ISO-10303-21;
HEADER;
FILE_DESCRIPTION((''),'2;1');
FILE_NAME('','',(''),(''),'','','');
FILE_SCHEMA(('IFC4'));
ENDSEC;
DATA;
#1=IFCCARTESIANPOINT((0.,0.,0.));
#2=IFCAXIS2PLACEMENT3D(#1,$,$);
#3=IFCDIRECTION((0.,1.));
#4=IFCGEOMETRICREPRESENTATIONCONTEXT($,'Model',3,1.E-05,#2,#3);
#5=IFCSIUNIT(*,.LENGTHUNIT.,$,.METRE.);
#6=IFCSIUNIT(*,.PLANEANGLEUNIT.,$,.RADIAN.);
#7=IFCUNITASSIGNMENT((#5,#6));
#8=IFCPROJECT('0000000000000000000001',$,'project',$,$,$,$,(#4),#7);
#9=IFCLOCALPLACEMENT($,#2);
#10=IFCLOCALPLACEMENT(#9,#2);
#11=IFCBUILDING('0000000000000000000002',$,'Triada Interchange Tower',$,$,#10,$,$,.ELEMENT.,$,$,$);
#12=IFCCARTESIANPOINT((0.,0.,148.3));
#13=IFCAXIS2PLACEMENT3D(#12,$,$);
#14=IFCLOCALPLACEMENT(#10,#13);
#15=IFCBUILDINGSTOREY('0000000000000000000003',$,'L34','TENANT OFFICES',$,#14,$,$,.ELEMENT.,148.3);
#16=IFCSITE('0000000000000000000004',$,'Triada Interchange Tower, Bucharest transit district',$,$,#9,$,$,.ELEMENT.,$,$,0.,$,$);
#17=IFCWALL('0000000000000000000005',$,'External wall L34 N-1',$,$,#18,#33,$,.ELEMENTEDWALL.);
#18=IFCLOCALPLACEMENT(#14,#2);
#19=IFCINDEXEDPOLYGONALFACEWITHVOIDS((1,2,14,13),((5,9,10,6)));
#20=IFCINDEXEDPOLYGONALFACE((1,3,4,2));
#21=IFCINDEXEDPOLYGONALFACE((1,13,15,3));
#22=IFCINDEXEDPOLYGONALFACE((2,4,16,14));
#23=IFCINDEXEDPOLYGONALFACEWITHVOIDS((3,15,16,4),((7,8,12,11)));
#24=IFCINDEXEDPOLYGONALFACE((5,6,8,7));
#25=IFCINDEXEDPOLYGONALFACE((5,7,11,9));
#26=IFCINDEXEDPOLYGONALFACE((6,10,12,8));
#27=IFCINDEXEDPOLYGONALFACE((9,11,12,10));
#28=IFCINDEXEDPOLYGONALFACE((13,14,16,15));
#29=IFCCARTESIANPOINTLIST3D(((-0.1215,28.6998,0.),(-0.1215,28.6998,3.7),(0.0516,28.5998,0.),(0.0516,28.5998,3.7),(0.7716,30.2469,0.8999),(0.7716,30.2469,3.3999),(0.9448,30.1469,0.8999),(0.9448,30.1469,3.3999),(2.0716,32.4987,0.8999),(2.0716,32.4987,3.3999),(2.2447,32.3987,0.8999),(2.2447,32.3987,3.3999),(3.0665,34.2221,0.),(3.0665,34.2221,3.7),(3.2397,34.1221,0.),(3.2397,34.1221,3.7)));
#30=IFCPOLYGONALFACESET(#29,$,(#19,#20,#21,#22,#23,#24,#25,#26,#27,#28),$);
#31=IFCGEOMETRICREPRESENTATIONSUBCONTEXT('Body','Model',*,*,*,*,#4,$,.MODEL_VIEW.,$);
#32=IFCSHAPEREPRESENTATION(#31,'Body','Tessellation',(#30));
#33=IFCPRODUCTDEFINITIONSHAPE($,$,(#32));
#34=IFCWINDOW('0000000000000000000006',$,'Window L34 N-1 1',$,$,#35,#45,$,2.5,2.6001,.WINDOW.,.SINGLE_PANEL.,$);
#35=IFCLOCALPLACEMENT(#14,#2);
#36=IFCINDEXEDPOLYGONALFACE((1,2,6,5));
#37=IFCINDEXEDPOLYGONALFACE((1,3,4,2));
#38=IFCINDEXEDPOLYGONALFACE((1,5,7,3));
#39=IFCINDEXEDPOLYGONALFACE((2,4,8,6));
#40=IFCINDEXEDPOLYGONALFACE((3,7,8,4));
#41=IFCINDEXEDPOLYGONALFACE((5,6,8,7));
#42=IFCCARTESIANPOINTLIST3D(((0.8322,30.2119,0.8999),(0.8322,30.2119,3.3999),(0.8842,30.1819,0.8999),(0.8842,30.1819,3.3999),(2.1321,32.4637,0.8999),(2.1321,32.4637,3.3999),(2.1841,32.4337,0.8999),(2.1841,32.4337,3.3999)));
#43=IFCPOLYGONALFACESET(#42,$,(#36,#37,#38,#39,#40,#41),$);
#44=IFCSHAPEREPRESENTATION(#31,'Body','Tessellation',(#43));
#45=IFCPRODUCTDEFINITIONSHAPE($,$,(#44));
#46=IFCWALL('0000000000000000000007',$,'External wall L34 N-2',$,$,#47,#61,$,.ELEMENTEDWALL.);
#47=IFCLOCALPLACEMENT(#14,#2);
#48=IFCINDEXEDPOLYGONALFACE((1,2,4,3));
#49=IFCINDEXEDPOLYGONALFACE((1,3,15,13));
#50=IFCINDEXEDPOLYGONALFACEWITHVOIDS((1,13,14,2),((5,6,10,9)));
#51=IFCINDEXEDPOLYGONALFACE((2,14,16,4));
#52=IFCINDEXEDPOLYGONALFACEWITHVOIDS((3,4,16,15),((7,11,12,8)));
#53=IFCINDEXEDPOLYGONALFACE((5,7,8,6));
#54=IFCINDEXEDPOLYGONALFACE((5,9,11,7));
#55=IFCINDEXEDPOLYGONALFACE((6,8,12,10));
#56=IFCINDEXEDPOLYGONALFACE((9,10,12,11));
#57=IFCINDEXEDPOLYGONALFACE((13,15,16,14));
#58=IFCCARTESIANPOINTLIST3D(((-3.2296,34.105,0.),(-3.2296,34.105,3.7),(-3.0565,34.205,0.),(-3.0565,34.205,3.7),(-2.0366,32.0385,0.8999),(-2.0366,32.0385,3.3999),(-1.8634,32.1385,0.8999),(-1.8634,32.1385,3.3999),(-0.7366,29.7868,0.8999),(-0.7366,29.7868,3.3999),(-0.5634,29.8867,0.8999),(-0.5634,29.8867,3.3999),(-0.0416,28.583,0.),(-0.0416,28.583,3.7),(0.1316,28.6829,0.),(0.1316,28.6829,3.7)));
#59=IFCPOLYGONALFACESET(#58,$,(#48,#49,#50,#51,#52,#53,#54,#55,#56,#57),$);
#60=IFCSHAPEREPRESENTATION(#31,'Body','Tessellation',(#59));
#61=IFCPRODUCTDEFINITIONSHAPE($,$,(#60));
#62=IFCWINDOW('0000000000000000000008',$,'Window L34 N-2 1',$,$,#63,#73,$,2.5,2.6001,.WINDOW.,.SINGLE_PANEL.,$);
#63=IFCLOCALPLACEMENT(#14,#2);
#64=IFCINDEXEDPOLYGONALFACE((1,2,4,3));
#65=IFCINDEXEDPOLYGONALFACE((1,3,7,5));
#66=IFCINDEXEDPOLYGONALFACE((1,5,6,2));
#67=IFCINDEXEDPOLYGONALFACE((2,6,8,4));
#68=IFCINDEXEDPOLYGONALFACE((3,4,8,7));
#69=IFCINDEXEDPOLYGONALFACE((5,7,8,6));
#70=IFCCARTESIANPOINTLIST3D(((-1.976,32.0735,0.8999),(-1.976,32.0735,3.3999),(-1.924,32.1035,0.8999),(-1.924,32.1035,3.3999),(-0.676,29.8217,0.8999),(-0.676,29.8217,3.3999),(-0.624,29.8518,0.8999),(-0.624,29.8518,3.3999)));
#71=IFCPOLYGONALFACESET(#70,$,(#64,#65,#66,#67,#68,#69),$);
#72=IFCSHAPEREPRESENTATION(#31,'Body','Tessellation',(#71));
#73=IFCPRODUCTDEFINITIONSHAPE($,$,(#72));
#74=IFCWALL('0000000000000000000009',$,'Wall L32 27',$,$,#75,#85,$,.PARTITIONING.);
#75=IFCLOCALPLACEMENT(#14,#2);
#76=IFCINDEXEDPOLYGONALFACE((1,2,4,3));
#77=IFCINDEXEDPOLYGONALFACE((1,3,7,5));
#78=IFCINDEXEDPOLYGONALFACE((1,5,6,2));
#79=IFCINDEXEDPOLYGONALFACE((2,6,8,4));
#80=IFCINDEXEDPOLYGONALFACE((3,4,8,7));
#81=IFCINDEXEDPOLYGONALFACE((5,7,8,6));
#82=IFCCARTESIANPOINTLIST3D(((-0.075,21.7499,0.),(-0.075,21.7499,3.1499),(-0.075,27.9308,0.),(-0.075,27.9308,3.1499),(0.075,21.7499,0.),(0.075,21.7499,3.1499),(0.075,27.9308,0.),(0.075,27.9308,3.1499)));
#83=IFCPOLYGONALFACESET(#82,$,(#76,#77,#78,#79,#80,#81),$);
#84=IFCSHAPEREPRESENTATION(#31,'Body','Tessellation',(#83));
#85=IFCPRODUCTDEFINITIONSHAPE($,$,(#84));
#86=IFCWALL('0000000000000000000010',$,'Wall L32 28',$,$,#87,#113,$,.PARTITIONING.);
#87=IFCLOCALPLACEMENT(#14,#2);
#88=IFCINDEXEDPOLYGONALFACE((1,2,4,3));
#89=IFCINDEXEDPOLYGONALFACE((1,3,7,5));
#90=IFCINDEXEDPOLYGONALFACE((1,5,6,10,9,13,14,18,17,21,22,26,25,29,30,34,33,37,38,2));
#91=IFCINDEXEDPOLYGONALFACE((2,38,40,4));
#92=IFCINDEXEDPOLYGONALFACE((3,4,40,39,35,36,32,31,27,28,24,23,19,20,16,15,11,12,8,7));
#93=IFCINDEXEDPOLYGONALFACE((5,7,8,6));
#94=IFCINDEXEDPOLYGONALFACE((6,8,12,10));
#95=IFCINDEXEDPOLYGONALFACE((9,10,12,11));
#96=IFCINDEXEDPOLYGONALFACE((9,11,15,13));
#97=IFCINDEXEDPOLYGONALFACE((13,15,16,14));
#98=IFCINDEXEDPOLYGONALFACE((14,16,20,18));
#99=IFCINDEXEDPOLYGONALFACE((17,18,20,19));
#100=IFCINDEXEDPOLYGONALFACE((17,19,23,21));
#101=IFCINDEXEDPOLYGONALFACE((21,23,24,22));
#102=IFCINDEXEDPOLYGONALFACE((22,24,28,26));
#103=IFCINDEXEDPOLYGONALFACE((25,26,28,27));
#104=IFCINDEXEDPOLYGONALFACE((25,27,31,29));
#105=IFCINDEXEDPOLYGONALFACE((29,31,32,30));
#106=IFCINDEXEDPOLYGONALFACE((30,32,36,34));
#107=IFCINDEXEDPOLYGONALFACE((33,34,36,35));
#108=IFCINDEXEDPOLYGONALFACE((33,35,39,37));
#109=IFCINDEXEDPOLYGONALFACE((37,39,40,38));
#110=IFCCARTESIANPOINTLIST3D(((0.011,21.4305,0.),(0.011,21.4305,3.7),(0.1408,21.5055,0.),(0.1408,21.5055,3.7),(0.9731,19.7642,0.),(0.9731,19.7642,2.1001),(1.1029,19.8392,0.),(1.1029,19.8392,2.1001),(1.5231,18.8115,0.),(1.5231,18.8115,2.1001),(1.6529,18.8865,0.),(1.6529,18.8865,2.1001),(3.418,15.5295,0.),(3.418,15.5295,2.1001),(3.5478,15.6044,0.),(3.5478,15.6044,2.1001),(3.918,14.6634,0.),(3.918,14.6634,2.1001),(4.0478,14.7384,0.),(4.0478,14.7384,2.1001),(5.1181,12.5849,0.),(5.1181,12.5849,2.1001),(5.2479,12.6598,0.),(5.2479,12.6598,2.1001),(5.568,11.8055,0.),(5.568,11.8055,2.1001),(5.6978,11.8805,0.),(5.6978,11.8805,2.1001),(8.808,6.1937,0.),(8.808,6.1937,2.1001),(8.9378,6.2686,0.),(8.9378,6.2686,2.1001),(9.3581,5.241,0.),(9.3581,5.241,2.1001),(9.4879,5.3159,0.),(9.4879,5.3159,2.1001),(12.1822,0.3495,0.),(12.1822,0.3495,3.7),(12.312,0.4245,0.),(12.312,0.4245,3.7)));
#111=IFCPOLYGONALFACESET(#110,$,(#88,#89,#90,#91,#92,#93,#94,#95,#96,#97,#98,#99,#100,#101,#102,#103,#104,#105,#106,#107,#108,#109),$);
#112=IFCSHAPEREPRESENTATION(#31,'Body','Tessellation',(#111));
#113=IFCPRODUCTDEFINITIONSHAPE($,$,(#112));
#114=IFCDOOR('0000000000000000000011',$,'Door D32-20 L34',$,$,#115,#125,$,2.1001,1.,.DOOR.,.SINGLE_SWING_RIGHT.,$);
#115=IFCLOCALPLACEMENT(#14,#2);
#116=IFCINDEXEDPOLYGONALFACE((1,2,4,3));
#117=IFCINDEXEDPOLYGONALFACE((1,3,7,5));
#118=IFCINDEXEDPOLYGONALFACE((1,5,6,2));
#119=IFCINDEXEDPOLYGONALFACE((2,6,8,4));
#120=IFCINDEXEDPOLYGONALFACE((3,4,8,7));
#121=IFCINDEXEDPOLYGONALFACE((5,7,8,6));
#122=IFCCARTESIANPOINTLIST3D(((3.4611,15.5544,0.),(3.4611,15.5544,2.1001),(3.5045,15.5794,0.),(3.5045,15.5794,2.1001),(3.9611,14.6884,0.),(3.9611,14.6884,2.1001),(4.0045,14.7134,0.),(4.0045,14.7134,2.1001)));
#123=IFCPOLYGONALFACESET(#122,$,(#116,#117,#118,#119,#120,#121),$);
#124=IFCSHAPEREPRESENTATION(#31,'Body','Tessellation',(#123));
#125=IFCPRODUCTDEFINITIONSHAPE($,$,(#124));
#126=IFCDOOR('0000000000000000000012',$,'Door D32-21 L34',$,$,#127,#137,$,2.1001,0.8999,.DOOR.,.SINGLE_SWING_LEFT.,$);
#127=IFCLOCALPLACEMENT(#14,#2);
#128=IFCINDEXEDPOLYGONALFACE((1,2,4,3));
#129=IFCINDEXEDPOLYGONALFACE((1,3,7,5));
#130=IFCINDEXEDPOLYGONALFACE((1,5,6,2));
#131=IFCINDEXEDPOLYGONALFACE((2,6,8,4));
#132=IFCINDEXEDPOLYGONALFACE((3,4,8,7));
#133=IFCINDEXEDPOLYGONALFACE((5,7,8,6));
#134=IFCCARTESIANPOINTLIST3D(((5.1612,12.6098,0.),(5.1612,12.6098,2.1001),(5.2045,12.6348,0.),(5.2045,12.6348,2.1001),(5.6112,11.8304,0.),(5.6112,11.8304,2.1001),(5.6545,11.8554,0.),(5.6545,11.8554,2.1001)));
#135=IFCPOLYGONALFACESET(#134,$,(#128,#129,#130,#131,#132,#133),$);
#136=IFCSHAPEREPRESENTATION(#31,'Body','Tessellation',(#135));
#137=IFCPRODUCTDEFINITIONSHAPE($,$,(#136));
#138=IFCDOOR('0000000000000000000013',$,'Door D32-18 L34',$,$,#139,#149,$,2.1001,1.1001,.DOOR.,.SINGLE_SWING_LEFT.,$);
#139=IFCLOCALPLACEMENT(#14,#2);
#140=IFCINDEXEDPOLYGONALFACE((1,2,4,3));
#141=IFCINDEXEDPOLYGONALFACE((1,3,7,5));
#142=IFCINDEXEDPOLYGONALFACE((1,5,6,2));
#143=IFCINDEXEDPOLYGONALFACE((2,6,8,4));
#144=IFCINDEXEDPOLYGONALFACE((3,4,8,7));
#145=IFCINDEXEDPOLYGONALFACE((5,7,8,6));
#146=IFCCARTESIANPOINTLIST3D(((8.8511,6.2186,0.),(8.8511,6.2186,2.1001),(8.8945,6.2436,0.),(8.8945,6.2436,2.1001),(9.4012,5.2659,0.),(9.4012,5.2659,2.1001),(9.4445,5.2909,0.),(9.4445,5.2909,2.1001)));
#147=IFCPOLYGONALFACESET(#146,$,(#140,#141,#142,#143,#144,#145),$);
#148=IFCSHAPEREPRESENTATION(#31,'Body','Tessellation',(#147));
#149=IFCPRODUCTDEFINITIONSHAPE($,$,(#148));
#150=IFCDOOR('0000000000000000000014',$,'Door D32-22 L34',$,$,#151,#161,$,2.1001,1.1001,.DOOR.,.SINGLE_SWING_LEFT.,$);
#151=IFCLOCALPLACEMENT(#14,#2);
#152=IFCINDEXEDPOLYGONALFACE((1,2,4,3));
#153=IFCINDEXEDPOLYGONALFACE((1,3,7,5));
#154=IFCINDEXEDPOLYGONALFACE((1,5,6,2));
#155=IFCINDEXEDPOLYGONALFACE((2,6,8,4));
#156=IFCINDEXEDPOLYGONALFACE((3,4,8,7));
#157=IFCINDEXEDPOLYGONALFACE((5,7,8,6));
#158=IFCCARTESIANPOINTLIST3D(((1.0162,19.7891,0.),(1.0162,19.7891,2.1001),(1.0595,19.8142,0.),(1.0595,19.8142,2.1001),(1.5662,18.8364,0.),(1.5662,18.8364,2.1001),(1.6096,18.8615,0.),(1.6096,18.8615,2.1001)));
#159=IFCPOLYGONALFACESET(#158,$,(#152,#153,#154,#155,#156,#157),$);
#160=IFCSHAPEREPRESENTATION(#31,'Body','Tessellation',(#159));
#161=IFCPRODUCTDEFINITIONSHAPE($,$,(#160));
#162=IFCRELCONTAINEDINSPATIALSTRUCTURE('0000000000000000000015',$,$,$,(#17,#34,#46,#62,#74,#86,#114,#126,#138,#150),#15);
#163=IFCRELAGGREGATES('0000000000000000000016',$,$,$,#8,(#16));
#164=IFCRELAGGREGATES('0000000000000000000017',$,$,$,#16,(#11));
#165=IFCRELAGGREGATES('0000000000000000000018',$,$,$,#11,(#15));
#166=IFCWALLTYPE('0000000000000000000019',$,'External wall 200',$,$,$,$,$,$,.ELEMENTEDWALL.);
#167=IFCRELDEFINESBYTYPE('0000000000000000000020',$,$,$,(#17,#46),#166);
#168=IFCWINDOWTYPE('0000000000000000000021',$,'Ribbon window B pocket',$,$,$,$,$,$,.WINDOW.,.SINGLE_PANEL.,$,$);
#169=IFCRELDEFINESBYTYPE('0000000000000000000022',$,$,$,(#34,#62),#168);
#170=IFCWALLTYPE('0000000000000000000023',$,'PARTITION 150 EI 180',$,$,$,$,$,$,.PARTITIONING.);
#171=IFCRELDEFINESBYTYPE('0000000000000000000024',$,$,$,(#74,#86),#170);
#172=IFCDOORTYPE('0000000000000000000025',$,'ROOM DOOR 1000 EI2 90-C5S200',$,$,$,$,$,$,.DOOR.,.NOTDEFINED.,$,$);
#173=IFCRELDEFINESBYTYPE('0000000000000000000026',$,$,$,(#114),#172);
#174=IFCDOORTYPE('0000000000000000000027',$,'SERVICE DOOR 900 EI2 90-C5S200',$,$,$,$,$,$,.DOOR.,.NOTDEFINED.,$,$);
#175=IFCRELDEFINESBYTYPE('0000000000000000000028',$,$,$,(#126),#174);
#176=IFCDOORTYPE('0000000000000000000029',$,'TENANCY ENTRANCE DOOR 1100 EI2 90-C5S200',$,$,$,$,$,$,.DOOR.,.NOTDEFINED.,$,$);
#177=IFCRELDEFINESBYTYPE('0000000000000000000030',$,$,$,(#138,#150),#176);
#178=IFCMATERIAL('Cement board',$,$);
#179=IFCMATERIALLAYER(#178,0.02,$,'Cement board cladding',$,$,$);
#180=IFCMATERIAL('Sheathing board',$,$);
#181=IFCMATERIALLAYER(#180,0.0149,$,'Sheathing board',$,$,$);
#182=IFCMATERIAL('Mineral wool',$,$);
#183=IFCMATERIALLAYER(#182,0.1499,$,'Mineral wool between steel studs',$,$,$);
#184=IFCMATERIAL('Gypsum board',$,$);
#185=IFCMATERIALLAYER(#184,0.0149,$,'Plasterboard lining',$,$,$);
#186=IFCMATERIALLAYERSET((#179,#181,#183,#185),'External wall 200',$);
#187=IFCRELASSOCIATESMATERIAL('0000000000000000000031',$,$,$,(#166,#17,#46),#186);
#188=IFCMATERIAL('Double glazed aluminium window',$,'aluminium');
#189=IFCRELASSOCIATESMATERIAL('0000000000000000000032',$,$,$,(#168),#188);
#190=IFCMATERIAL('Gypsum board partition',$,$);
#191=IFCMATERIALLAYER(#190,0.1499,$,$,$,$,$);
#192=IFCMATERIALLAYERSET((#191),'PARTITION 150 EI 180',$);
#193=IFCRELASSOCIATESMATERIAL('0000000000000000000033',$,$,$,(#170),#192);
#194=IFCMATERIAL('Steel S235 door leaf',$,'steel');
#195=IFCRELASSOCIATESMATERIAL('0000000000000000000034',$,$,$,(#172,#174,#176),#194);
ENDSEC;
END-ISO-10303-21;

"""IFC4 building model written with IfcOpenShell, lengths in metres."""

from ifc_helpers import new_model, si_unit, direction, frame, frame_2d, origin, place, context, subcontext, project, spatial, rectangle, extrude, material, layer, layer_set, layer_usage, type_object, element, fill, save


model = new_model("IFC4")

# Units and contexts
model_context = context("Model", 3, precision=1e-05, world=origin(), true_north=direction((0.0, 1.0)))
body_context = subcontext(model_context, "Body", "Model", "MODEL_VIEW")
ifc_project = project(units=[si_unit("LENGTHUNIT", "METRE"), si_unit("PLANEANGLEUNIT", "RADIAN")], contexts=[model_context])

# Site, building, storey
site_placement = place(None, origin())
site = spatial("IfcSite", under=ifc_project, at=site_placement, Name="Triada Interchange Tower, Bucharest transit district", CompositionType="ELEMENT", RefElevation=0.0)
building_placement = place(site_placement, origin())
building = spatial("IfcBuilding", under=site, at=building_placement, Name="Triada Interchange Tower", CompositionType="ELEMENT")
storey_placement = place(building_placement, frame((0.0, 0.0, 148.3)))
storey = spatial("IfcBuildingStorey", under=building, at=storey_placement, Name="L34", Description="TENANT OFFICES", CompositionType="ELEMENT", Elevation=148.3)

# Walls, openings, windows
ifc_material_1 = material(Name="Cement board")
ifc_layer_1 = layer(ifc_material_1, 0.02, Name="Cement board cladding")
ifc_material_2 = material(Name="Sheathing board")
ifc_layer_2 = layer(ifc_material_2, 0.0149, Name="Sheathing board")
ifc_material_3 = material(Name="Mineral wool")
ifc_layer_3 = layer(ifc_material_3, 0.1499, Name="Mineral wool between steel studs")
ifc_material_4 = material(Name="Gypsum board")
ifc_layer_4 = layer(ifc_material_4, 0.0149, Name="Plasterboard lining")
ifc_layer_set_1 = layer_set([ifc_layer_1, ifc_layer_2, ifc_layer_3, ifc_layer_4], Name="External wall 200")
ifc_layer_usage = layer_usage(ifc_layer_set_1, "AXIS2", "POSITIVE", -0.1001)
wall_type_1 = type_object("IfcWallType", Name="External wall 200", PredefinedType="ELEMENTEDWALL", material=ifc_layer_set_1)
wall_1_placement = place(storey_placement, frame((3.1531, 34.1721, 0.0), z_axis=(0.0, 0.0, 1.0), x_axis=(-0.499969, -0.866043, 0.0)))
wall_1 = element("IfcWall", 1, at=wall_1_placement, inside=storey, type_object=wall_type_1, material=ifc_layer_usage, Name="External wall L34 N-1", PredefinedType="ELEMENTEDWALL", context=body_context, shape_type="SweptSolid", body=[
    extrude(rectangle(XDim=6.3765, YDim=0.2, at=frame_2d((3.1882, 0.0))), origin(), (0.0, 0.0, 1.0), 3.7),
])
opening_1_placement = place(wall_1_placement, frame((1.99, 0.0, 0.8999)))
opening_1 = element("IfcOpeningElement", 2, at=opening_1_placement, cuts=wall_1, PredefinedType="OPENING", context=body_context, shape_type="SweptSolid", body=[
    extrude(rectangle(XDim=2.6001, YDim=2.5, at=frame_2d((1.3, 1.25))), frame((0.0, 0.1099, 0.0), z_axis=(0.0, -1.0, 0.0), x_axis=(1.0, 0.0, 0.0)), (0.0, 0.0, 1.0), 0.22),
])
ifc_material_5 = material(Name="Double glazed aluminium window", Category="aluminium")
window_type = type_object("IfcWindowType", Name="Ribbon window B pocket", PartitioningType="SINGLE_PANEL", PredefinedType="WINDOW", material=ifc_material_5)
window_1_placement = place(opening_1_placement, origin())
window_1 = element("IfcWindow", 3, at=window_1_placement, inside=storey, type_object=window_type, Name="Window L34 N-1 1", OverallHeight=2.5, OverallWidth=2.6001, PartitioningType="SINGLE_PANEL", PredefinedType="WINDOW", context=body_context, shape_type="SweptSolid", body=[
    extrude(rectangle(XDim=2.6001, YDim=2.5, at=frame_2d((1.3, 1.25))), frame((0.0, 0.03, 0.0), z_axis=(0.0, -1.0, 0.0), x_axis=(1.0, 0.0, 0.0)), (0.0, 0.0, 1.0), 0.0601),
])
fill(opening_1, window_1)
wall_2_placement = place(storey_placement, frame((0.0449, 28.6331, 0.0), z_axis=(0.0, 0.0, 1.0), x_axis=(-0.499985, 0.866034, 0.0)))
wall_2 = element("IfcWall", 4, at=wall_2_placement, inside=storey, type_object=wall_type_1, material=ifc_layer_usage, Name="External wall L34 N-2", PredefinedType="ELEMENTEDWALL", context=body_context, shape_type="SweptSolid", body=[
    extrude(rectangle(XDim=6.3762, YDim=0.2, at=frame_2d((3.188, 0.0))), origin(), (0.0, 0.0, 1.0), 3.7),
])
opening_2_placement = place(wall_2_placement, frame((1.3899, 0.0, 0.8999)))
opening_2 = element("IfcOpeningElement", 5, at=opening_2_placement, cuts=wall_2, PredefinedType="OPENING", context=body_context, shape_type="SweptSolid", body=[
    extrude(rectangle(XDim=2.6001, YDim=2.5, at=frame_2d((1.3, 1.25))), frame((0.0, 0.1099, 0.0), z_axis=(0.0, -1.0, 0.0), x_axis=(1.0, 0.0, 0.0)), (0.0, 0.0, 1.0), 0.22),
])
window_2_placement = place(opening_2_placement, origin())
window_2 = element("IfcWindow", 6, at=window_2_placement, inside=storey, type_object=window_type, Name="Window L34 N-2 1", OverallHeight=2.5, OverallWidth=2.6001, PartitioningType="SINGLE_PANEL", PredefinedType="WINDOW", context=body_context, shape_type="SweptSolid", body=[
    extrude(rectangle(XDim=2.6001, YDim=2.5, at=frame_2d((1.3, 1.25))), frame((0.0, 0.03, 0.0), z_axis=(0.0, -1.0, 0.0), x_axis=(1.0, 0.0, 0.0)), (0.0, 0.0, 1.0), 0.0601),
])
fill(opening_2, window_2)

# Wall
ifc_material_6 = material(Name="Gypsum board partition")
ifc_layer_5 = layer(ifc_material_6, 0.1499)
ifc_layer_set_2 = layer_set([ifc_layer_5], Name="PARTITION 150 EI 180")
wall_type_2 = type_object("IfcWallType", Name="PARTITION 150 EI 180", PredefinedType="PARTITIONING", material=ifc_layer_set_2)
wall_3_placement = place(storey_placement, frame((0.0, 21.75, 0.0), z_axis=(0.0, 0.0, 1.0), x_axis=(0.0, 1.0, 0.0)))
element("IfcWall", 7, at=wall_3_placement, inside=storey, type_object=wall_type_2, Name="Wall L32 27", PredefinedType="PARTITIONING", context=body_context, shape_type="SweptSolid", body=[
    extrude(rectangle(XDim=6.1809, YDim=0.1499, at=frame_2d((3.0903, 0.0))), origin(), (0.0, 0.0, 1.0), 3.1499),
])

# Wall, openings, doors
wall_4_placement = place(storey_placement, frame((0.0759, 21.468, 0.0), z_axis=(0.0, 0.0, 1.0), x_axis=(0.5, -0.866026, 0.0)))
wall_4 = element("IfcWall", 8, at=wall_4_placement, inside=storey, type_object=wall_type_2, Name="Wall L32 28", PredefinedType="PARTITIONING", context=body_context, shape_type="SweptSolid", body=[
    extrude(rectangle(XDim=24.3423, YDim=0.1499, at=frame_2d((12.1711, 0.0))), origin(), (0.0, 0.0, 1.0), 3.7),
])
opening_3_placement = place(wall_4_placement, frame((17.594, 0.0, 0.0)))
opening_3 = element("IfcOpeningElement", 9, at=opening_3_placement, cuts=wall_4, PredefinedType="OPENING", context=body_context, shape_type="SweptSolid", body=[
    extrude(rectangle(XDim=1.1001, YDim=2.1001, at=frame_2d((0.55, 1.05))), frame((0.0, 0.085, 0.0), z_axis=(0.0, -1.0, 0.0), x_axis=(1.0, 0.0, 0.0)), (0.0, 0.0, 1.0), 0.1699),
])
opening_4_placement = place(wall_4_placement, frame((6.814, 0.0, 0.0)))
opening_4 = element("IfcOpeningElement", 10, at=opening_4_placement, cuts=wall_4, PredefinedType="OPENING", context=body_context, shape_type="SweptSolid", body=[
    extrude(rectangle(XDim=1.0, YDim=2.1001, at=frame_2d((0.5, 1.05))), frame((0.0, 0.085, 0.0), z_axis=(0.0, -1.0, 0.0), x_axis=(1.0, 0.0, 0.0)), (0.0, 0.0, 1.0), 0.1699),
])
opening_5_placement = place(wall_4_placement, frame((10.2141, 0.0, 0.0)))
opening_5 = element("IfcOpeningElement", 11, at=opening_5_placement, cuts=wall_4, PredefinedType="OPENING", context=body_context, shape_type="SweptSolid", body=[
    extrude(rectangle(XDim=0.8999, YDim=2.1001, at=frame_2d((0.45, 1.05))), frame((0.0, 0.085, 0.0), z_axis=(0.0, -1.0, 0.0), x_axis=(1.0, 0.0, 0.0)), (0.0, 0.0, 1.0), 0.1699),
])
opening_6_placement = place(wall_4_placement, frame((1.9241, 0.0, 0.0)))
opening_6 = element("IfcOpeningElement", 12, at=opening_6_placement, cuts=wall_4, PredefinedType="OPENING", context=body_context, shape_type="SweptSolid", body=[
    extrude(rectangle(XDim=1.1001, YDim=2.1001, at=frame_2d((0.55, 1.05))), frame((0.0, 0.085, 0.0), z_axis=(0.0, -1.0, 0.0), x_axis=(1.0, 0.0, 0.0)), (0.0, 0.0, 1.0), 0.1699),
])
ifc_material_7 = material(Name="Steel S235 door leaf", Category="steel")
door_type_1 = type_object("IfcDoorType", Name="ROOM DOOR 1000 EI2 90-C5S200", OperationType="NOTDEFINED", PredefinedType="DOOR", material=ifc_material_7)
door_1_placement = place(opening_4_placement, origin())
door_1 = element("IfcDoor", 13, at=door_1_placement, inside=storey, type_object=door_type_1, Name="Door D32-20 L34", OperationType="SINGLE_SWING_RIGHT", OverallHeight=2.1001, OverallWidth=1.0, PredefinedType="DOOR", context=body_context, shape_type="SweptSolid", body=[
    extrude(rectangle(XDim=1.0, YDim=2.1001, at=frame_2d((0.5, 1.05))), frame((0.0, 0.0249, 0.0), z_axis=(0.0, -1.0, 0.0), x_axis=(1.0, 0.0, 0.0)), (0.0, 0.0, 1.0), 0.05),
])
fill(opening_4, door_1)
door_type_2 = type_object("IfcDoorType", Name="SERVICE DOOR 900 EI2 90-C5S200", OperationType="NOTDEFINED", PredefinedType="DOOR", material=ifc_material_7)
door_2_placement = place(opening_5_placement, origin())
door_2 = element("IfcDoor", 14, at=door_2_placement, inside=storey, type_object=door_type_2, Name="Door D32-21 L34", OperationType="SINGLE_SWING_LEFT", OverallHeight=2.1001, OverallWidth=0.8999, PredefinedType="DOOR", context=body_context, shape_type="SweptSolid", body=[
    extrude(rectangle(XDim=0.8999, YDim=2.1001, at=frame_2d((0.45, 1.05))), frame((0.0, 0.0249, 0.0), z_axis=(0.0, -1.0, 0.0), x_axis=(1.0, 0.0, 0.0)), (0.0, 0.0, 1.0), 0.05),
])
fill(opening_5, door_2)
door_type_3 = type_object("IfcDoorType", Name="TENANCY ENTRANCE DOOR 1100 EI2 90-C5S200", OperationType="NOTDEFINED", PredefinedType="DOOR", material=ifc_material_7)
door_3_placement = place(opening_3_placement, origin())
door_3 = element("IfcDoor", 15, at=door_3_placement, inside=storey, type_object=door_type_3, Name="Door D32-18 L34", OperationType="SINGLE_SWING_LEFT", OverallHeight=2.1001, OverallWidth=1.1001, PredefinedType="DOOR", context=body_context, shape_type="SweptSolid", body=[
    extrude(rectangle(XDim=1.1001, YDim=2.1001, at=frame_2d((0.55, 1.05))), frame((0.0, 0.0249, 0.0), z_axis=(0.0, -1.0, 0.0), x_axis=(1.0, 0.0, 0.0)), (0.0, 0.0, 1.0), 0.05),
])
fill(opening_3, door_3)
door_4_placement = place(opening_6_placement, origin())
door_4 = element("IfcDoor", 16, at=door_4_placement, inside=storey, type_object=door_type_3, Name="Door D32-22 L34", OperationType="SINGLE_SWING_LEFT", OverallHeight=2.1001, OverallWidth=1.1001, PredefinedType="DOOR", context=body_context, shape_type="SweptSolid", body=[
    extrude(rectangle(XDim=1.1001, YDim=2.1001, at=frame_2d((0.55, 1.05))), frame((0.0, 0.0249, 0.0), z_axis=(0.0, -1.0, 0.0), x_axis=(1.0, 0.0, 0.0)), (0.0, 0.0, 1.0), 0.05),
])
fill(opening_6, door_4)

save(model, "model.ifc")
